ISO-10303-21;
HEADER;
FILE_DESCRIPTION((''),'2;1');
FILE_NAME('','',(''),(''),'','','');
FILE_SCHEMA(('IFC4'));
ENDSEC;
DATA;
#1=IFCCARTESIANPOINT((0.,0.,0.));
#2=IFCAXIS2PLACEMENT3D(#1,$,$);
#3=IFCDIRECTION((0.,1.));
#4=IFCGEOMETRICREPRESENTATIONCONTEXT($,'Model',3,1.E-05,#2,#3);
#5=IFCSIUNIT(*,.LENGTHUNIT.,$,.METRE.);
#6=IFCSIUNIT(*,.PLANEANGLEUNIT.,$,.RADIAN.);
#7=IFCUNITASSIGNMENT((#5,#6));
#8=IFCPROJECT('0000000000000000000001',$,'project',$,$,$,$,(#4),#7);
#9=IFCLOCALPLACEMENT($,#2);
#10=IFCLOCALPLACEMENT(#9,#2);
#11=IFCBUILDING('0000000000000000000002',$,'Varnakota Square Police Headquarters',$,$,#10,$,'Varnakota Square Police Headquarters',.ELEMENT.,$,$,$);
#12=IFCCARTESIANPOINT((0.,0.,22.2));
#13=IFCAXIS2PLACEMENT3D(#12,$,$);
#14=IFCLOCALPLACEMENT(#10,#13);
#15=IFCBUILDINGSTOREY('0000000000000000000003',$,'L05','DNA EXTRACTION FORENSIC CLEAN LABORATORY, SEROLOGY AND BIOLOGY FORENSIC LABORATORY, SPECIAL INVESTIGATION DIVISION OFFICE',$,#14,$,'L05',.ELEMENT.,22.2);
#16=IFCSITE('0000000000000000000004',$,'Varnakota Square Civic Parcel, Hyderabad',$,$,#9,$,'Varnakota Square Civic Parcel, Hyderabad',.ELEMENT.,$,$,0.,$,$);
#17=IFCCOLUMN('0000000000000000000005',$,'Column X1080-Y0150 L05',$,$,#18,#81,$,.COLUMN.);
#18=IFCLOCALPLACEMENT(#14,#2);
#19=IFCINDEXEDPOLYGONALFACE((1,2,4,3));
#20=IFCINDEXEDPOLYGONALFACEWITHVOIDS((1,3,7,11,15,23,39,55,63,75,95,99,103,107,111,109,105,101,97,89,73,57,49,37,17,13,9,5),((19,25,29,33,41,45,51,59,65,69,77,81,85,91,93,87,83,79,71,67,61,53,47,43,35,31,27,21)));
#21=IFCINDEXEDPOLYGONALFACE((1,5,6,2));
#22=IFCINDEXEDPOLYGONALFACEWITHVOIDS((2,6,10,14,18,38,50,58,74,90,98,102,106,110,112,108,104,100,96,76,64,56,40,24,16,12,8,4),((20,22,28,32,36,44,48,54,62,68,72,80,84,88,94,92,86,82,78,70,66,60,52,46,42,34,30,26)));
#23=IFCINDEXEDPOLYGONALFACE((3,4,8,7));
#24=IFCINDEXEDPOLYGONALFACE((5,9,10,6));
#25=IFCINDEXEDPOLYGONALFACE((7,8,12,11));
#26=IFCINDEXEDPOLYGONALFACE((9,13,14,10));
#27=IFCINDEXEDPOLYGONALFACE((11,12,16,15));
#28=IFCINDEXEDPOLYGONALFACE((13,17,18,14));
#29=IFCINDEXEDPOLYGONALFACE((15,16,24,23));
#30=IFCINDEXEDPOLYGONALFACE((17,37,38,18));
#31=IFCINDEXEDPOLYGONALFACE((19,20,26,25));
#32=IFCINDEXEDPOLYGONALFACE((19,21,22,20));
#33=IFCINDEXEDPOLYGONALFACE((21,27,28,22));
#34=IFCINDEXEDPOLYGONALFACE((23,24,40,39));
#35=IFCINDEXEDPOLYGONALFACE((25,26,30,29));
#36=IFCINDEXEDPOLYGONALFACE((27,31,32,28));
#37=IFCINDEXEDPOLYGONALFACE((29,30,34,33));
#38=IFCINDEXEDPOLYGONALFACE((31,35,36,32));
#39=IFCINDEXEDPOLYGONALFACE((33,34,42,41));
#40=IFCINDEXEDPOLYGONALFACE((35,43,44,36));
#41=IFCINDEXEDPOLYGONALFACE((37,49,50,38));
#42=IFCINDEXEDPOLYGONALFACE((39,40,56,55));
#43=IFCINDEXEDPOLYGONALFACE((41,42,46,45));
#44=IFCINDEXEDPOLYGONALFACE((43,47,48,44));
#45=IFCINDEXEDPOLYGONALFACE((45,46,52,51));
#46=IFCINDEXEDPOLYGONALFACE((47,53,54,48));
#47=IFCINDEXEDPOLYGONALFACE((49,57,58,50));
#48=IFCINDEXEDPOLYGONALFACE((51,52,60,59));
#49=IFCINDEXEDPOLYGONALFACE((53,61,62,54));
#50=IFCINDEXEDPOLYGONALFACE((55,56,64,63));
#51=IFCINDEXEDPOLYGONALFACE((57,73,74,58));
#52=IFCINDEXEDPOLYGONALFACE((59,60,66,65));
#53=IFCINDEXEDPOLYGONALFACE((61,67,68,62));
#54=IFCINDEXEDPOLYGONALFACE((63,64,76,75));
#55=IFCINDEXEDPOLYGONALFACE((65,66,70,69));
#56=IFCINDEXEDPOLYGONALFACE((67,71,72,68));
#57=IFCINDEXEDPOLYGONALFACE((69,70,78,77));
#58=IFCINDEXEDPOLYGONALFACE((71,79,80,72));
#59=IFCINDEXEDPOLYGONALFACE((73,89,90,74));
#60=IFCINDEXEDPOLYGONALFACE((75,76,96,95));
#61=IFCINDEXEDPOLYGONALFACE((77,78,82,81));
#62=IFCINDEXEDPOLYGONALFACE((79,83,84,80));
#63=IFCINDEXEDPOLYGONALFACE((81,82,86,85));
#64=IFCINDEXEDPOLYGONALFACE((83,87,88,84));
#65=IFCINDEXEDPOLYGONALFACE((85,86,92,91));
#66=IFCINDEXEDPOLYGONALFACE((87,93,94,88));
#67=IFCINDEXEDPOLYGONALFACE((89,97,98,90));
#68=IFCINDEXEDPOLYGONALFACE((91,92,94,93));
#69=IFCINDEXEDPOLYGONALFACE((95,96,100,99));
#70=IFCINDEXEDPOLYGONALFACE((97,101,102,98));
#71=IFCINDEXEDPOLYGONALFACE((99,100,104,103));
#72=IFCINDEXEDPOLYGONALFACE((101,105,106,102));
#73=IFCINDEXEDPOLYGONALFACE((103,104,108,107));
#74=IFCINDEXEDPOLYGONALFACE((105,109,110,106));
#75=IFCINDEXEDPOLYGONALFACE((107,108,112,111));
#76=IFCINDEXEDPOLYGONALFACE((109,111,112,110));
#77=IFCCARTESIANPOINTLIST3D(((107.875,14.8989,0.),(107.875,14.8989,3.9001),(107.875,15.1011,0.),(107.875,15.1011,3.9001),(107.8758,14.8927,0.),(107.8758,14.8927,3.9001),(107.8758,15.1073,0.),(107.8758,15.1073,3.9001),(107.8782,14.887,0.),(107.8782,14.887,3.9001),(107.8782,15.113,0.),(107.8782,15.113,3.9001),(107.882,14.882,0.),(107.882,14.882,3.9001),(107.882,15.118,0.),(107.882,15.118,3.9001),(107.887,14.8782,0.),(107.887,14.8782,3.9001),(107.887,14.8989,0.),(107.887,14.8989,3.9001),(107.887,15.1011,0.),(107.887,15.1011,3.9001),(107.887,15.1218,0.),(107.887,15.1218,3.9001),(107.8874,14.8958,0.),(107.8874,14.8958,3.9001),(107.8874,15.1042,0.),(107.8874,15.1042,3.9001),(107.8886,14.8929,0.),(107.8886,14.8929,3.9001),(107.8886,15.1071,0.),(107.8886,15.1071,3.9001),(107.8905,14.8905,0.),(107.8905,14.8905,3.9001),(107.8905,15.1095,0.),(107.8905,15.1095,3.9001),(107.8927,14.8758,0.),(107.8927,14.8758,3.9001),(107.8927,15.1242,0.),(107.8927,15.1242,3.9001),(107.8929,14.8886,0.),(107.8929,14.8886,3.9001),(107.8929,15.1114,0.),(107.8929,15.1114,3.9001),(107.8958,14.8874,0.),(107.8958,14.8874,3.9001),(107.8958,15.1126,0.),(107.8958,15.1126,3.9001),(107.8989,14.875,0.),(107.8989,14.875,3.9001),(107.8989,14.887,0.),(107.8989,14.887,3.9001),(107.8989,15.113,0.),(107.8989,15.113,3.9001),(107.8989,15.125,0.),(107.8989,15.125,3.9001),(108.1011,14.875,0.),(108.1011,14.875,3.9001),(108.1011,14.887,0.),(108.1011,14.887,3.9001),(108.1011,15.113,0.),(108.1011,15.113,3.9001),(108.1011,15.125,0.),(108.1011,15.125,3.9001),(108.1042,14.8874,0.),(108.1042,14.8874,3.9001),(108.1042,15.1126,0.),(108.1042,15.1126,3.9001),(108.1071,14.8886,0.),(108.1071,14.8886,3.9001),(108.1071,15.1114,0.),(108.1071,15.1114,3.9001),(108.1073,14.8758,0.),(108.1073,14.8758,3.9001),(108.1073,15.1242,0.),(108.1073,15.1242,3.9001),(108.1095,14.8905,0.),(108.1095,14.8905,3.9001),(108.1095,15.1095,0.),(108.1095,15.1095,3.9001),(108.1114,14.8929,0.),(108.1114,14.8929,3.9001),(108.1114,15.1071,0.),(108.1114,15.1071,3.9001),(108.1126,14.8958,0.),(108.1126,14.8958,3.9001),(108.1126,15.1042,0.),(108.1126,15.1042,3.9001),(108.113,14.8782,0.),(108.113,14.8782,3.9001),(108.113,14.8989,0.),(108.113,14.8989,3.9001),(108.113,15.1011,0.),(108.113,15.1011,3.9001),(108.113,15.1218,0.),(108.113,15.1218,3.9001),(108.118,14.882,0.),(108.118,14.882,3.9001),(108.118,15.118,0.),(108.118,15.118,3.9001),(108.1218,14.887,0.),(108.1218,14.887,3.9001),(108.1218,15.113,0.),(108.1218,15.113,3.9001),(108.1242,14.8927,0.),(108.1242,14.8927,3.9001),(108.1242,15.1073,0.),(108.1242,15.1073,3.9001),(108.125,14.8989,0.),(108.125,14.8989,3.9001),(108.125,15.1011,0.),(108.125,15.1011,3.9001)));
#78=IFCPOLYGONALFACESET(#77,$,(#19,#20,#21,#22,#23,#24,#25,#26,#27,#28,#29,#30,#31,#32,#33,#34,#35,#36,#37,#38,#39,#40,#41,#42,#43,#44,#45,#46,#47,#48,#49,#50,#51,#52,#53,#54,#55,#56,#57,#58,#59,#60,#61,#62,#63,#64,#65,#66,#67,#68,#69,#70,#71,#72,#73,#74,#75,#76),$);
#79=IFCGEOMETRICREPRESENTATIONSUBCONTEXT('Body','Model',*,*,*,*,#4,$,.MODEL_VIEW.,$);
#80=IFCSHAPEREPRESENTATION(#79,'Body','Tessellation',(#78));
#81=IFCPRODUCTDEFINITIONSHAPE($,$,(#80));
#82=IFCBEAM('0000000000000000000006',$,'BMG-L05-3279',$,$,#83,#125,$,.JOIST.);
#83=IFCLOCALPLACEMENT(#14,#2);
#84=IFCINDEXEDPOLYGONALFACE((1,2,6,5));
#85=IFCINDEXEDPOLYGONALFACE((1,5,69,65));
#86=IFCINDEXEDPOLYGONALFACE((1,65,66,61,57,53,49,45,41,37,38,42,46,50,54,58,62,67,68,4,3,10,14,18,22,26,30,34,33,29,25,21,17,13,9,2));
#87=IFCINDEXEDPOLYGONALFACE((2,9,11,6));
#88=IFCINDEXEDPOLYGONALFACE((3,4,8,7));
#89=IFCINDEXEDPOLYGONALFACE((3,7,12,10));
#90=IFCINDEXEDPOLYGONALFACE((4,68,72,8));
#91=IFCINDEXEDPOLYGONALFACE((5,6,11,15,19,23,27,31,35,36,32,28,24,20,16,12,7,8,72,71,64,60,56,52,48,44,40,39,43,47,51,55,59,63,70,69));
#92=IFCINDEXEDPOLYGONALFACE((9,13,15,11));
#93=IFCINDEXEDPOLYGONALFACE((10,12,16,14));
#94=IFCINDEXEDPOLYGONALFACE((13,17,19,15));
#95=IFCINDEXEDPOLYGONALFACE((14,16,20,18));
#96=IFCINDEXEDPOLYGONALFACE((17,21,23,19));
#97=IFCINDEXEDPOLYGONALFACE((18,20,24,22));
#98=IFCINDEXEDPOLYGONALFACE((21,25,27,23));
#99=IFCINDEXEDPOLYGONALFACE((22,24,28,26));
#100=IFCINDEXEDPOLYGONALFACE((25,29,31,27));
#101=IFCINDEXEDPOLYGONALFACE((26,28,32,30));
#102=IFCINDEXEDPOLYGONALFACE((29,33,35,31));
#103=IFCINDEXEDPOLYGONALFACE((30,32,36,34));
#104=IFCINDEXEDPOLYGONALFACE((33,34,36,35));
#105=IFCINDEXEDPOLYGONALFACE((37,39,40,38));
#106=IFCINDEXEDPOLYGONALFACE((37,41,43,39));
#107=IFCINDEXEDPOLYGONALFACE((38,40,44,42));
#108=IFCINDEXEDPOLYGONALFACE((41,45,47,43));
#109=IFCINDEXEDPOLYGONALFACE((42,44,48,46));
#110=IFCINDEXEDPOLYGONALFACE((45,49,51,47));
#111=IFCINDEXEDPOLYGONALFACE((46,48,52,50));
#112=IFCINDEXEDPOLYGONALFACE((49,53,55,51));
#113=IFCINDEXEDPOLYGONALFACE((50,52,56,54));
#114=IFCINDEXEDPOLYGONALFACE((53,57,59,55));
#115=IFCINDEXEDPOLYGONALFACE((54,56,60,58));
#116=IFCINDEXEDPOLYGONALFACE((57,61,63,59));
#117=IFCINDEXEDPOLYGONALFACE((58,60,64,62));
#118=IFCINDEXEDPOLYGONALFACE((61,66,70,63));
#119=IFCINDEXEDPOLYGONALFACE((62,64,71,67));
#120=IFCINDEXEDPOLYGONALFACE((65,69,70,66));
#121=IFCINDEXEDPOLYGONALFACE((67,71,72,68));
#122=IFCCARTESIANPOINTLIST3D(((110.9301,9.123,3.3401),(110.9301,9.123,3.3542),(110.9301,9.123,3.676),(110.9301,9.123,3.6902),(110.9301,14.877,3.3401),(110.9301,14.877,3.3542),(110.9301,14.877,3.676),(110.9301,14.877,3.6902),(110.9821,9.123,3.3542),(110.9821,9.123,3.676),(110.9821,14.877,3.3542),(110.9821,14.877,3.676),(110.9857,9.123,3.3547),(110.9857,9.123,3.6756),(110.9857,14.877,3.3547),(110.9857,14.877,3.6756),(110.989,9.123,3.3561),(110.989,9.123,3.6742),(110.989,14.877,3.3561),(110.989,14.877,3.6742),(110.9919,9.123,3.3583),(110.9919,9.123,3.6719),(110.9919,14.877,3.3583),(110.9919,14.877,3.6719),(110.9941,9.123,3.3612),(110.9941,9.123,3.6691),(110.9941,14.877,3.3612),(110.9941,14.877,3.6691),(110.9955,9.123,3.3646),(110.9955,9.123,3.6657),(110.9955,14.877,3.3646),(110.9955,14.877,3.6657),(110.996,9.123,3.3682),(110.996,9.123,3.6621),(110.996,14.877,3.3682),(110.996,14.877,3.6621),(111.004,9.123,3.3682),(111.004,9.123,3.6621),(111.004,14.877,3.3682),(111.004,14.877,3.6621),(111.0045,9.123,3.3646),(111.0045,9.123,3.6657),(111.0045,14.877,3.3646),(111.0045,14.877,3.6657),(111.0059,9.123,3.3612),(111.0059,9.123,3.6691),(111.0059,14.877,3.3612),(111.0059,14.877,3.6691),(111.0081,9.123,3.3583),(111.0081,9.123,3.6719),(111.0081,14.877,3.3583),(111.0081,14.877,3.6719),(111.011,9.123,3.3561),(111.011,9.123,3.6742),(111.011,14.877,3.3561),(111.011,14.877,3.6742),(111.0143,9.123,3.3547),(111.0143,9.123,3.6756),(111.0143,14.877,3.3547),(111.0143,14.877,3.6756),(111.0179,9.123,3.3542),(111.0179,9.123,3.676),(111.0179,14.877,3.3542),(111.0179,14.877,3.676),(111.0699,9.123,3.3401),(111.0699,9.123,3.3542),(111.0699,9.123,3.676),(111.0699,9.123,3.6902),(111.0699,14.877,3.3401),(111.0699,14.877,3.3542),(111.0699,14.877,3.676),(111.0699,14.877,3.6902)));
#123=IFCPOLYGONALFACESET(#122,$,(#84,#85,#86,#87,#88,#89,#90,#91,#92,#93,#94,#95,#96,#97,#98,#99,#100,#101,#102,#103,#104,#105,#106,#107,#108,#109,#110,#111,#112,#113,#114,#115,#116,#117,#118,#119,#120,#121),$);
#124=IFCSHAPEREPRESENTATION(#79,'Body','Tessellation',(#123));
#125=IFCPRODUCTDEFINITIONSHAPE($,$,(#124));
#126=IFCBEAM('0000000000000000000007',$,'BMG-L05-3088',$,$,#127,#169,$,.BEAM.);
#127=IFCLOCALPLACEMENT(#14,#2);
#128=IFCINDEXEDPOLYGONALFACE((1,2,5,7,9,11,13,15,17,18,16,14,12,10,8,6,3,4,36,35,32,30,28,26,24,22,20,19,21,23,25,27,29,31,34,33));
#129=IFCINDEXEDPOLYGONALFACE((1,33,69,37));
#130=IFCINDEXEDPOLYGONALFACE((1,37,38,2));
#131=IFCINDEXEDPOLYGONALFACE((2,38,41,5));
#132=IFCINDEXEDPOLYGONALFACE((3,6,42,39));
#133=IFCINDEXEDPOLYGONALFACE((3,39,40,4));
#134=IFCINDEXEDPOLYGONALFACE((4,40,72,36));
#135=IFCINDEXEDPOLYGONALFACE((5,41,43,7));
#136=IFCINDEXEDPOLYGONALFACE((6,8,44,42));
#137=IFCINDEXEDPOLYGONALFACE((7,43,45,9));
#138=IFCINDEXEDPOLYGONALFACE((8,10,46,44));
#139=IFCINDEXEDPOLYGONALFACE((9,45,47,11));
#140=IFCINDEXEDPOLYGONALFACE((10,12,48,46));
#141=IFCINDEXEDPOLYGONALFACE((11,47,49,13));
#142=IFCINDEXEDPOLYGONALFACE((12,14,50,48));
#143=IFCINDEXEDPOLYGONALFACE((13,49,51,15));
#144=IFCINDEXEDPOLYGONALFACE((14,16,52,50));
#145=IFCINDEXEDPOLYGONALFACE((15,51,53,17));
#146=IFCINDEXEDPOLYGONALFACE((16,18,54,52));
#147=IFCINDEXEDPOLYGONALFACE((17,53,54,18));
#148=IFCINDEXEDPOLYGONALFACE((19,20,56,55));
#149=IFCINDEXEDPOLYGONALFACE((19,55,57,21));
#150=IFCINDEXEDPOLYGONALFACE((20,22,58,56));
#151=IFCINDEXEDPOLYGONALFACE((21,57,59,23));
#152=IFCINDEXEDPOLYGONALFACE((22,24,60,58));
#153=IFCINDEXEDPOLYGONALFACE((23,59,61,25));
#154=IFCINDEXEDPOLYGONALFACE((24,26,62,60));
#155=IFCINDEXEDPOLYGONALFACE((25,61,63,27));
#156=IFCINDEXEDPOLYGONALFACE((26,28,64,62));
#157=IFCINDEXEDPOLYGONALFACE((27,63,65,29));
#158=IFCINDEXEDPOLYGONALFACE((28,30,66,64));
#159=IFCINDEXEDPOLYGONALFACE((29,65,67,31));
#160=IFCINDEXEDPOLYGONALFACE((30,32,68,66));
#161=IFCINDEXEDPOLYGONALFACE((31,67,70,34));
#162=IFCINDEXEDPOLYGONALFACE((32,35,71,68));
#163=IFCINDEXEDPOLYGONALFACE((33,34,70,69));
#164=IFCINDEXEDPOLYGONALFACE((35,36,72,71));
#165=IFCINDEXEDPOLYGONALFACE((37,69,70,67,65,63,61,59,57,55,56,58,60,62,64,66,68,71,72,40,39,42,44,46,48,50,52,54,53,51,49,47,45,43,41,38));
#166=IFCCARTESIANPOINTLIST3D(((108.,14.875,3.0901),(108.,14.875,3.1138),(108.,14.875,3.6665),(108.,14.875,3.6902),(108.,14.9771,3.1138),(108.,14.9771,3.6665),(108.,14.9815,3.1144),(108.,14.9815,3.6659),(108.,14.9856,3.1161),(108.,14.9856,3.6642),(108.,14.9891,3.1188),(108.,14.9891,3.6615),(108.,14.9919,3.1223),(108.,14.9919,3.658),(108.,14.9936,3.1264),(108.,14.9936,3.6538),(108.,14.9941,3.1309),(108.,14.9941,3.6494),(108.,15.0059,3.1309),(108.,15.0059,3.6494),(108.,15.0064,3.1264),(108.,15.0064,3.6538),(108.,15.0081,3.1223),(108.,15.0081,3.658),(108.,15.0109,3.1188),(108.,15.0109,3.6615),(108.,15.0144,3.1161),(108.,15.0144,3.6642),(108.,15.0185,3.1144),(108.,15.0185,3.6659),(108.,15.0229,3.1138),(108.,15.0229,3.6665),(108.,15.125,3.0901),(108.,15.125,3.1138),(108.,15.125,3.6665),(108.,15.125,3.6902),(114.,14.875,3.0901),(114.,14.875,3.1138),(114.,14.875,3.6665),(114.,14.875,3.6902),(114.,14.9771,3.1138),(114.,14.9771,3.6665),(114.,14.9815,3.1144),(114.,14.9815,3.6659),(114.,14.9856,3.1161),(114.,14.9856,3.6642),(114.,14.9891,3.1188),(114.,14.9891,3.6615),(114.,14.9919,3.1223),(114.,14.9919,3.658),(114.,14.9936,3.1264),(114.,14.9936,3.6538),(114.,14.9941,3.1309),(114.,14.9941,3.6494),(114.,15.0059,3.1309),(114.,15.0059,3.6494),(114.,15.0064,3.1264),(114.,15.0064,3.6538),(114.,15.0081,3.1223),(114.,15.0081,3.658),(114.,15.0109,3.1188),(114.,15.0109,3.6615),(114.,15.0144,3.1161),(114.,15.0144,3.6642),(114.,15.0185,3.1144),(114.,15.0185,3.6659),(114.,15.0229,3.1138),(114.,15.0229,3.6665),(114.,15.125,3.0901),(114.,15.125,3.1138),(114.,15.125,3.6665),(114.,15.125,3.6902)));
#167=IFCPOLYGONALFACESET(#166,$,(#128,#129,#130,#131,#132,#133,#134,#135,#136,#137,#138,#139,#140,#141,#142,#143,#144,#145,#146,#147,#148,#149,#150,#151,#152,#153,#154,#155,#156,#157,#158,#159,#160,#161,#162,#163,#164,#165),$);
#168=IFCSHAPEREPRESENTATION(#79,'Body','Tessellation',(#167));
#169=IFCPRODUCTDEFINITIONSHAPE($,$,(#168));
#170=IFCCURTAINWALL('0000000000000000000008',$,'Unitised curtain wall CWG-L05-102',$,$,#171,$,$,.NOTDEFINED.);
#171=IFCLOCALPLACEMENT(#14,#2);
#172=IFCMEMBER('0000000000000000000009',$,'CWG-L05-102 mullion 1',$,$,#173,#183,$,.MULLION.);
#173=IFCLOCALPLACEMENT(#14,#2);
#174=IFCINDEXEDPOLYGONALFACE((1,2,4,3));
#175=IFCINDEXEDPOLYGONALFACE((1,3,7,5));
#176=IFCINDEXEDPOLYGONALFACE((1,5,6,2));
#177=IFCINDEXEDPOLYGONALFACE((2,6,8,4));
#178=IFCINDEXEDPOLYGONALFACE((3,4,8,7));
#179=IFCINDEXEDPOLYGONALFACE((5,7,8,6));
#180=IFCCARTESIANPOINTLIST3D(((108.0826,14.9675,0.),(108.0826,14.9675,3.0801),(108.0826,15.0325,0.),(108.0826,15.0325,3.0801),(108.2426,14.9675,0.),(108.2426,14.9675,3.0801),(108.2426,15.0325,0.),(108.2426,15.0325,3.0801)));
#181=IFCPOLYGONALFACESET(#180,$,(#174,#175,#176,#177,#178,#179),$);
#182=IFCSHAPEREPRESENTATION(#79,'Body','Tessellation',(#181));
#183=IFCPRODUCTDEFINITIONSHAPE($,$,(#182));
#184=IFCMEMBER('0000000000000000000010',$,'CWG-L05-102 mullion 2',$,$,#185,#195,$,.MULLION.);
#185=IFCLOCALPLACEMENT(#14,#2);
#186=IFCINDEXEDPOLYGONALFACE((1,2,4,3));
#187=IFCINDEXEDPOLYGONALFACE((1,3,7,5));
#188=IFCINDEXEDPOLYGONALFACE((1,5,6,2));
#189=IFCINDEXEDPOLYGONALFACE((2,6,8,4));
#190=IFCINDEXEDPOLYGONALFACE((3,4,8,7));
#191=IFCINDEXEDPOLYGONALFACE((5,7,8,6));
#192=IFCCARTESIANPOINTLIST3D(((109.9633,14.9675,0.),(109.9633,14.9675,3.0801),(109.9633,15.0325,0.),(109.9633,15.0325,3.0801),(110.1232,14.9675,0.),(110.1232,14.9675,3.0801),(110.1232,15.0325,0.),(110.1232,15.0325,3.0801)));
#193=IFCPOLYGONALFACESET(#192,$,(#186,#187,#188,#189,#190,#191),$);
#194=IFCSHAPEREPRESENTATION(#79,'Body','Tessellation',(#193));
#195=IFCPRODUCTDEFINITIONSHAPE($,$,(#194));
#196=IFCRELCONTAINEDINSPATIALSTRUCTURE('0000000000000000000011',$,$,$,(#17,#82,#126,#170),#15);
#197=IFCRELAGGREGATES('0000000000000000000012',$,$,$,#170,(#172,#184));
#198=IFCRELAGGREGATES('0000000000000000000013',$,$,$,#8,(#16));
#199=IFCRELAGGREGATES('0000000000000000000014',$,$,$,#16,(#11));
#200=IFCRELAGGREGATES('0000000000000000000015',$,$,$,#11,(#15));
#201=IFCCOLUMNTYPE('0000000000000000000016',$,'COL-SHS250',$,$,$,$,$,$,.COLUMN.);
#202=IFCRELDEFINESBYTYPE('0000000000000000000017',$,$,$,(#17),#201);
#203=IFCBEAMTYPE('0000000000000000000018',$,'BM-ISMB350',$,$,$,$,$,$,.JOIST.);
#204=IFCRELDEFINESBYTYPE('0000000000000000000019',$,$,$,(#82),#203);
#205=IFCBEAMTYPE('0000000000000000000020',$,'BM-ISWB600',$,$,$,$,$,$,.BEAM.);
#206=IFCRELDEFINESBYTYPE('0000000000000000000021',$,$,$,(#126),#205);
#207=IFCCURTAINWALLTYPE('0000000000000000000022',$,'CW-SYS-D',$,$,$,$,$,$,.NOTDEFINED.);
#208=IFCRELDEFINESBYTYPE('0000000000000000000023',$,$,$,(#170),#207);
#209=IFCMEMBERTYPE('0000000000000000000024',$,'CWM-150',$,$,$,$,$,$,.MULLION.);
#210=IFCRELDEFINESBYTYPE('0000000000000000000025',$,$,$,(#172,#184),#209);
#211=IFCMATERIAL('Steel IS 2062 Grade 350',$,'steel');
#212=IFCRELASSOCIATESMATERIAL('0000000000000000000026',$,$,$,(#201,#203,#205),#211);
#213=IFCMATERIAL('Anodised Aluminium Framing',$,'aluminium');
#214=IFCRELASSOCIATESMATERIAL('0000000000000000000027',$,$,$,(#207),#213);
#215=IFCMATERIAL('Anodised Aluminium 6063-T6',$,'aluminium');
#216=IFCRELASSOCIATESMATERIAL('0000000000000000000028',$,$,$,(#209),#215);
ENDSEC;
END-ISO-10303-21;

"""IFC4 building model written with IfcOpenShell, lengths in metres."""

from ifc_helpers import new_model, si_unit, direction, frame, origin, origin_2d, place, context, subcontext, project, spatial, rectangle, hollow_rectangle, i_section, extrude, material, material_profile, profile_set, type_object, element, aggregate, save


model = new_model("IFC4")

# Units and contexts
model_context = context("Model", 3, precision=1e-05, world=origin(), true_north=direction((0.0, 1.0)))
body_context = subcontext(model_context, "Body", "Model", "MODEL_VIEW")
ifc_project = project(units=[si_unit("LENGTHUNIT", "METRE"), si_unit("PLANEANGLEUNIT", "RADIAN")], contexts=[model_context])

# Site, building, storey
site_placement = place(None, origin())
site = spatial("IfcSite", under=ifc_project, at=site_placement, Name="Varnakota Square Civic Parcel, Hyderabad", LongName="Varnakota Square Civic Parcel, Hyderabad", CompositionType="ELEMENT", RefElevation=0.0)
building_placement = place(site_placement, origin())
building = spatial("IfcBuilding", under=site, at=building_placement, Name="Varnakota Square Police Headquarters", LongName="Varnakota Square Police Headquarters", CompositionType="ELEMENT")
storey_placement = place(building_placement, frame((0.0, 0.0, 22.2)))
storey = spatial("IfcBuildingStorey", under=building, at=storey_placement, Name="L05", Description="DNA EXTRACTION FORENSIC CLEAN LABORATORY, SEROLOGY AND BIOLOGY FORENSIC LABORATORY, SPECIAL INVESTIGATION DIVISION OFFICE", LongName="L05", CompositionType="ELEMENT", Elevation=22.2)

# Column
ifc_material_1 = material(Name="Steel IS 2062 Grade 350", Category="steel")
ifc_material_profile_1 = material_profile(ifc_material_1, hollow_rectangle(XDim=0.25, YDim=0.25, WallThickness=0.012, InnerFilletRadius=0.012, OuterFilletRadius=0.0239, at=origin_2d()), Name="SHS 250x250x12")
ifc_profile_set_1 = profile_set([ifc_material_profile_1], Name="Steel IS 2062 Grade 350")
column_type = type_object("IfcColumnType", Name="COL-SHS250", PredefinedType="COLUMN", material=ifc_profile_set_1)
column_placement = place(storey_placement, frame((108.0, 15.0, 0.0), z_axis=(0.0, 0.0, 1.0), x_axis=(1.0, 0.0, 0.0)))
element("IfcColumn", 1, at=column_placement, inside=storey, type_object=column_type, Name="Column X1080-Y0150 L05", PredefinedType="COLUMN", context=body_context, shape_type="SweptSolid", body=[
    extrude(hollow_rectangle(XDim=0.25, YDim=0.25, WallThickness=0.012, InnerFilletRadius=0.012, OuterFilletRadius=0.0239, at=origin_2d()), origin(), (0.0, 0.0, 1.0), 3.9001),
])

# Beams
ifc_material_profile_2 = material_profile(ifc_material_1, i_section(OverallWidth=0.1399, OverallDepth=0.3501, WebThickness=0.0081, FlangeThickness=0.0142, FilletRadius=0.0139, at=origin_2d()), Name="ISMB 350")
ifc_profile_set_2 = profile_set([ifc_material_profile_2], Name="Steel IS 2062 Grade 350")
beam_type_1 = type_object("IfcBeamType", Name="BM-ISMB350", PredefinedType="JOIST", material=ifc_profile_set_2)
beam_1_placement = place(storey_placement, frame((111.0, 9.123, 3.5151), z_axis=(0.0, 1.0, 0.0), x_axis=(-1.0, 0.0, 0.0)))
element("IfcBeam", 2, at=beam_1_placement, inside=storey, type_object=beam_type_1, Name="BMG-L05-3279", PredefinedType="JOIST", context=body_context, shape_type="SweptSolid", body=[
    extrude(i_section(OverallWidth=0.1399, OverallDepth=0.3501, WebThickness=0.0081, FlangeThickness=0.0142, FilletRadius=0.0139, at=origin_2d()), origin(), (0.0, 0.0, 1.0), 5.7539),
])
ifc_material_profile_3 = material_profile(ifc_material_1, i_section(OverallWidth=0.25, OverallDepth=0.6001, WebThickness=0.0117, FlangeThickness=0.0237, FilletRadius=0.0171, at=origin_2d()), Name="ISWB 600")
ifc_profile_set_3 = profile_set([ifc_material_profile_3], Name="Steel IS 2062 Grade 350")
beam_type_2 = type_object("IfcBeamType", Name="BM-ISWB600", PredefinedType="BEAM", material=ifc_profile_set_3)
beam_2_placement = place(storey_placement, frame((108.0, 15.0, 3.3901), z_axis=(1.0, 0.0, 0.0), x_axis=(0.0, 1.0, 0.0)))
element("IfcBeam", 3, at=beam_2_placement, inside=storey, type_object=beam_type_2, Name="BMG-L05-3088", PredefinedType="BEAM", context=body_context, shape_type="SweptSolid", body=[
    extrude(i_section(OverallWidth=0.25, OverallDepth=0.6001, WebThickness=0.0117, FlangeThickness=0.0237, FilletRadius=0.0171, at=origin_2d()), origin(), (0.0, 0.0, 1.0), 6.0),
])

# Curtain wall, members
ifc_material_2 = material(Name="Anodised Aluminium Framing", Category="aluminium")
curtain_wall_type = type_object("IfcCurtainWallType", Name="CW-SYS-D", PredefinedType="NOTDEFINED", material=ifc_material_2)
curtain_wall_placement = place(storey_placement, origin())
curtain_wall = element("IfcCurtainWall", 4, at=curtain_wall_placement, inside=storey, type_object=curtain_wall_type, Name="Unitised curtain wall CWG-L05-102", PredefinedType="NOTDEFINED")
ifc_material_3 = material(Name="Anodised Aluminium 6063-T6", Category="aluminium")
ifc_material_profile_4 = material_profile(ifc_material_3, rectangle(XDim=0.0649, YDim=0.1599, at=origin_2d()), Name="ALU MULLION 65x160")
ifc_profile_set_4 = profile_set([ifc_material_profile_4], Name="Anodised Aluminium 6063-T6")
member_type_1 = type_object("IfcMemberType", Name="CWM-150", PredefinedType="MULLION", material=ifc_profile_set_4)
member_1_placement = place(storey_placement, frame((108.1626, 15.0, 0.0), z_axis=(0.0, 0.0, 1.0), x_axis=(0.0, 1.0, 0.0)))
member_1 = element("IfcMember", 5, at=member_1_placement, type_object=member_type_1, Name="CWG-L05-102 mullion 1", PredefinedType="MULLION", context=body_context, shape_type="SweptSolid", body=[
    extrude(rectangle(XDim=0.0649, YDim=0.1599, at=origin_2d()), origin(), (0.0, 0.0, 1.0), 3.0801),
])
member_2_placement = place(storey_placement, frame((110.0432, 15.0, 0.0), z_axis=(0.0, 0.0, 1.0), x_axis=(0.0, 1.0, 0.0)))
member_2 = element("IfcMember", 6, at=member_2_placement, type_object=member_type_1, Name="CWG-L05-102 mullion 2", PredefinedType="MULLION", context=body_context, shape_type="SweptSolid", body=[
    extrude(rectangle(XDim=0.0649, YDim=0.1599, at=origin_2d()), origin(), (0.0, 0.0, 1.0), 3.0801),
])
aggregate(curtain_wall, [member_1, member_2])

save(model, "model.ifc")
